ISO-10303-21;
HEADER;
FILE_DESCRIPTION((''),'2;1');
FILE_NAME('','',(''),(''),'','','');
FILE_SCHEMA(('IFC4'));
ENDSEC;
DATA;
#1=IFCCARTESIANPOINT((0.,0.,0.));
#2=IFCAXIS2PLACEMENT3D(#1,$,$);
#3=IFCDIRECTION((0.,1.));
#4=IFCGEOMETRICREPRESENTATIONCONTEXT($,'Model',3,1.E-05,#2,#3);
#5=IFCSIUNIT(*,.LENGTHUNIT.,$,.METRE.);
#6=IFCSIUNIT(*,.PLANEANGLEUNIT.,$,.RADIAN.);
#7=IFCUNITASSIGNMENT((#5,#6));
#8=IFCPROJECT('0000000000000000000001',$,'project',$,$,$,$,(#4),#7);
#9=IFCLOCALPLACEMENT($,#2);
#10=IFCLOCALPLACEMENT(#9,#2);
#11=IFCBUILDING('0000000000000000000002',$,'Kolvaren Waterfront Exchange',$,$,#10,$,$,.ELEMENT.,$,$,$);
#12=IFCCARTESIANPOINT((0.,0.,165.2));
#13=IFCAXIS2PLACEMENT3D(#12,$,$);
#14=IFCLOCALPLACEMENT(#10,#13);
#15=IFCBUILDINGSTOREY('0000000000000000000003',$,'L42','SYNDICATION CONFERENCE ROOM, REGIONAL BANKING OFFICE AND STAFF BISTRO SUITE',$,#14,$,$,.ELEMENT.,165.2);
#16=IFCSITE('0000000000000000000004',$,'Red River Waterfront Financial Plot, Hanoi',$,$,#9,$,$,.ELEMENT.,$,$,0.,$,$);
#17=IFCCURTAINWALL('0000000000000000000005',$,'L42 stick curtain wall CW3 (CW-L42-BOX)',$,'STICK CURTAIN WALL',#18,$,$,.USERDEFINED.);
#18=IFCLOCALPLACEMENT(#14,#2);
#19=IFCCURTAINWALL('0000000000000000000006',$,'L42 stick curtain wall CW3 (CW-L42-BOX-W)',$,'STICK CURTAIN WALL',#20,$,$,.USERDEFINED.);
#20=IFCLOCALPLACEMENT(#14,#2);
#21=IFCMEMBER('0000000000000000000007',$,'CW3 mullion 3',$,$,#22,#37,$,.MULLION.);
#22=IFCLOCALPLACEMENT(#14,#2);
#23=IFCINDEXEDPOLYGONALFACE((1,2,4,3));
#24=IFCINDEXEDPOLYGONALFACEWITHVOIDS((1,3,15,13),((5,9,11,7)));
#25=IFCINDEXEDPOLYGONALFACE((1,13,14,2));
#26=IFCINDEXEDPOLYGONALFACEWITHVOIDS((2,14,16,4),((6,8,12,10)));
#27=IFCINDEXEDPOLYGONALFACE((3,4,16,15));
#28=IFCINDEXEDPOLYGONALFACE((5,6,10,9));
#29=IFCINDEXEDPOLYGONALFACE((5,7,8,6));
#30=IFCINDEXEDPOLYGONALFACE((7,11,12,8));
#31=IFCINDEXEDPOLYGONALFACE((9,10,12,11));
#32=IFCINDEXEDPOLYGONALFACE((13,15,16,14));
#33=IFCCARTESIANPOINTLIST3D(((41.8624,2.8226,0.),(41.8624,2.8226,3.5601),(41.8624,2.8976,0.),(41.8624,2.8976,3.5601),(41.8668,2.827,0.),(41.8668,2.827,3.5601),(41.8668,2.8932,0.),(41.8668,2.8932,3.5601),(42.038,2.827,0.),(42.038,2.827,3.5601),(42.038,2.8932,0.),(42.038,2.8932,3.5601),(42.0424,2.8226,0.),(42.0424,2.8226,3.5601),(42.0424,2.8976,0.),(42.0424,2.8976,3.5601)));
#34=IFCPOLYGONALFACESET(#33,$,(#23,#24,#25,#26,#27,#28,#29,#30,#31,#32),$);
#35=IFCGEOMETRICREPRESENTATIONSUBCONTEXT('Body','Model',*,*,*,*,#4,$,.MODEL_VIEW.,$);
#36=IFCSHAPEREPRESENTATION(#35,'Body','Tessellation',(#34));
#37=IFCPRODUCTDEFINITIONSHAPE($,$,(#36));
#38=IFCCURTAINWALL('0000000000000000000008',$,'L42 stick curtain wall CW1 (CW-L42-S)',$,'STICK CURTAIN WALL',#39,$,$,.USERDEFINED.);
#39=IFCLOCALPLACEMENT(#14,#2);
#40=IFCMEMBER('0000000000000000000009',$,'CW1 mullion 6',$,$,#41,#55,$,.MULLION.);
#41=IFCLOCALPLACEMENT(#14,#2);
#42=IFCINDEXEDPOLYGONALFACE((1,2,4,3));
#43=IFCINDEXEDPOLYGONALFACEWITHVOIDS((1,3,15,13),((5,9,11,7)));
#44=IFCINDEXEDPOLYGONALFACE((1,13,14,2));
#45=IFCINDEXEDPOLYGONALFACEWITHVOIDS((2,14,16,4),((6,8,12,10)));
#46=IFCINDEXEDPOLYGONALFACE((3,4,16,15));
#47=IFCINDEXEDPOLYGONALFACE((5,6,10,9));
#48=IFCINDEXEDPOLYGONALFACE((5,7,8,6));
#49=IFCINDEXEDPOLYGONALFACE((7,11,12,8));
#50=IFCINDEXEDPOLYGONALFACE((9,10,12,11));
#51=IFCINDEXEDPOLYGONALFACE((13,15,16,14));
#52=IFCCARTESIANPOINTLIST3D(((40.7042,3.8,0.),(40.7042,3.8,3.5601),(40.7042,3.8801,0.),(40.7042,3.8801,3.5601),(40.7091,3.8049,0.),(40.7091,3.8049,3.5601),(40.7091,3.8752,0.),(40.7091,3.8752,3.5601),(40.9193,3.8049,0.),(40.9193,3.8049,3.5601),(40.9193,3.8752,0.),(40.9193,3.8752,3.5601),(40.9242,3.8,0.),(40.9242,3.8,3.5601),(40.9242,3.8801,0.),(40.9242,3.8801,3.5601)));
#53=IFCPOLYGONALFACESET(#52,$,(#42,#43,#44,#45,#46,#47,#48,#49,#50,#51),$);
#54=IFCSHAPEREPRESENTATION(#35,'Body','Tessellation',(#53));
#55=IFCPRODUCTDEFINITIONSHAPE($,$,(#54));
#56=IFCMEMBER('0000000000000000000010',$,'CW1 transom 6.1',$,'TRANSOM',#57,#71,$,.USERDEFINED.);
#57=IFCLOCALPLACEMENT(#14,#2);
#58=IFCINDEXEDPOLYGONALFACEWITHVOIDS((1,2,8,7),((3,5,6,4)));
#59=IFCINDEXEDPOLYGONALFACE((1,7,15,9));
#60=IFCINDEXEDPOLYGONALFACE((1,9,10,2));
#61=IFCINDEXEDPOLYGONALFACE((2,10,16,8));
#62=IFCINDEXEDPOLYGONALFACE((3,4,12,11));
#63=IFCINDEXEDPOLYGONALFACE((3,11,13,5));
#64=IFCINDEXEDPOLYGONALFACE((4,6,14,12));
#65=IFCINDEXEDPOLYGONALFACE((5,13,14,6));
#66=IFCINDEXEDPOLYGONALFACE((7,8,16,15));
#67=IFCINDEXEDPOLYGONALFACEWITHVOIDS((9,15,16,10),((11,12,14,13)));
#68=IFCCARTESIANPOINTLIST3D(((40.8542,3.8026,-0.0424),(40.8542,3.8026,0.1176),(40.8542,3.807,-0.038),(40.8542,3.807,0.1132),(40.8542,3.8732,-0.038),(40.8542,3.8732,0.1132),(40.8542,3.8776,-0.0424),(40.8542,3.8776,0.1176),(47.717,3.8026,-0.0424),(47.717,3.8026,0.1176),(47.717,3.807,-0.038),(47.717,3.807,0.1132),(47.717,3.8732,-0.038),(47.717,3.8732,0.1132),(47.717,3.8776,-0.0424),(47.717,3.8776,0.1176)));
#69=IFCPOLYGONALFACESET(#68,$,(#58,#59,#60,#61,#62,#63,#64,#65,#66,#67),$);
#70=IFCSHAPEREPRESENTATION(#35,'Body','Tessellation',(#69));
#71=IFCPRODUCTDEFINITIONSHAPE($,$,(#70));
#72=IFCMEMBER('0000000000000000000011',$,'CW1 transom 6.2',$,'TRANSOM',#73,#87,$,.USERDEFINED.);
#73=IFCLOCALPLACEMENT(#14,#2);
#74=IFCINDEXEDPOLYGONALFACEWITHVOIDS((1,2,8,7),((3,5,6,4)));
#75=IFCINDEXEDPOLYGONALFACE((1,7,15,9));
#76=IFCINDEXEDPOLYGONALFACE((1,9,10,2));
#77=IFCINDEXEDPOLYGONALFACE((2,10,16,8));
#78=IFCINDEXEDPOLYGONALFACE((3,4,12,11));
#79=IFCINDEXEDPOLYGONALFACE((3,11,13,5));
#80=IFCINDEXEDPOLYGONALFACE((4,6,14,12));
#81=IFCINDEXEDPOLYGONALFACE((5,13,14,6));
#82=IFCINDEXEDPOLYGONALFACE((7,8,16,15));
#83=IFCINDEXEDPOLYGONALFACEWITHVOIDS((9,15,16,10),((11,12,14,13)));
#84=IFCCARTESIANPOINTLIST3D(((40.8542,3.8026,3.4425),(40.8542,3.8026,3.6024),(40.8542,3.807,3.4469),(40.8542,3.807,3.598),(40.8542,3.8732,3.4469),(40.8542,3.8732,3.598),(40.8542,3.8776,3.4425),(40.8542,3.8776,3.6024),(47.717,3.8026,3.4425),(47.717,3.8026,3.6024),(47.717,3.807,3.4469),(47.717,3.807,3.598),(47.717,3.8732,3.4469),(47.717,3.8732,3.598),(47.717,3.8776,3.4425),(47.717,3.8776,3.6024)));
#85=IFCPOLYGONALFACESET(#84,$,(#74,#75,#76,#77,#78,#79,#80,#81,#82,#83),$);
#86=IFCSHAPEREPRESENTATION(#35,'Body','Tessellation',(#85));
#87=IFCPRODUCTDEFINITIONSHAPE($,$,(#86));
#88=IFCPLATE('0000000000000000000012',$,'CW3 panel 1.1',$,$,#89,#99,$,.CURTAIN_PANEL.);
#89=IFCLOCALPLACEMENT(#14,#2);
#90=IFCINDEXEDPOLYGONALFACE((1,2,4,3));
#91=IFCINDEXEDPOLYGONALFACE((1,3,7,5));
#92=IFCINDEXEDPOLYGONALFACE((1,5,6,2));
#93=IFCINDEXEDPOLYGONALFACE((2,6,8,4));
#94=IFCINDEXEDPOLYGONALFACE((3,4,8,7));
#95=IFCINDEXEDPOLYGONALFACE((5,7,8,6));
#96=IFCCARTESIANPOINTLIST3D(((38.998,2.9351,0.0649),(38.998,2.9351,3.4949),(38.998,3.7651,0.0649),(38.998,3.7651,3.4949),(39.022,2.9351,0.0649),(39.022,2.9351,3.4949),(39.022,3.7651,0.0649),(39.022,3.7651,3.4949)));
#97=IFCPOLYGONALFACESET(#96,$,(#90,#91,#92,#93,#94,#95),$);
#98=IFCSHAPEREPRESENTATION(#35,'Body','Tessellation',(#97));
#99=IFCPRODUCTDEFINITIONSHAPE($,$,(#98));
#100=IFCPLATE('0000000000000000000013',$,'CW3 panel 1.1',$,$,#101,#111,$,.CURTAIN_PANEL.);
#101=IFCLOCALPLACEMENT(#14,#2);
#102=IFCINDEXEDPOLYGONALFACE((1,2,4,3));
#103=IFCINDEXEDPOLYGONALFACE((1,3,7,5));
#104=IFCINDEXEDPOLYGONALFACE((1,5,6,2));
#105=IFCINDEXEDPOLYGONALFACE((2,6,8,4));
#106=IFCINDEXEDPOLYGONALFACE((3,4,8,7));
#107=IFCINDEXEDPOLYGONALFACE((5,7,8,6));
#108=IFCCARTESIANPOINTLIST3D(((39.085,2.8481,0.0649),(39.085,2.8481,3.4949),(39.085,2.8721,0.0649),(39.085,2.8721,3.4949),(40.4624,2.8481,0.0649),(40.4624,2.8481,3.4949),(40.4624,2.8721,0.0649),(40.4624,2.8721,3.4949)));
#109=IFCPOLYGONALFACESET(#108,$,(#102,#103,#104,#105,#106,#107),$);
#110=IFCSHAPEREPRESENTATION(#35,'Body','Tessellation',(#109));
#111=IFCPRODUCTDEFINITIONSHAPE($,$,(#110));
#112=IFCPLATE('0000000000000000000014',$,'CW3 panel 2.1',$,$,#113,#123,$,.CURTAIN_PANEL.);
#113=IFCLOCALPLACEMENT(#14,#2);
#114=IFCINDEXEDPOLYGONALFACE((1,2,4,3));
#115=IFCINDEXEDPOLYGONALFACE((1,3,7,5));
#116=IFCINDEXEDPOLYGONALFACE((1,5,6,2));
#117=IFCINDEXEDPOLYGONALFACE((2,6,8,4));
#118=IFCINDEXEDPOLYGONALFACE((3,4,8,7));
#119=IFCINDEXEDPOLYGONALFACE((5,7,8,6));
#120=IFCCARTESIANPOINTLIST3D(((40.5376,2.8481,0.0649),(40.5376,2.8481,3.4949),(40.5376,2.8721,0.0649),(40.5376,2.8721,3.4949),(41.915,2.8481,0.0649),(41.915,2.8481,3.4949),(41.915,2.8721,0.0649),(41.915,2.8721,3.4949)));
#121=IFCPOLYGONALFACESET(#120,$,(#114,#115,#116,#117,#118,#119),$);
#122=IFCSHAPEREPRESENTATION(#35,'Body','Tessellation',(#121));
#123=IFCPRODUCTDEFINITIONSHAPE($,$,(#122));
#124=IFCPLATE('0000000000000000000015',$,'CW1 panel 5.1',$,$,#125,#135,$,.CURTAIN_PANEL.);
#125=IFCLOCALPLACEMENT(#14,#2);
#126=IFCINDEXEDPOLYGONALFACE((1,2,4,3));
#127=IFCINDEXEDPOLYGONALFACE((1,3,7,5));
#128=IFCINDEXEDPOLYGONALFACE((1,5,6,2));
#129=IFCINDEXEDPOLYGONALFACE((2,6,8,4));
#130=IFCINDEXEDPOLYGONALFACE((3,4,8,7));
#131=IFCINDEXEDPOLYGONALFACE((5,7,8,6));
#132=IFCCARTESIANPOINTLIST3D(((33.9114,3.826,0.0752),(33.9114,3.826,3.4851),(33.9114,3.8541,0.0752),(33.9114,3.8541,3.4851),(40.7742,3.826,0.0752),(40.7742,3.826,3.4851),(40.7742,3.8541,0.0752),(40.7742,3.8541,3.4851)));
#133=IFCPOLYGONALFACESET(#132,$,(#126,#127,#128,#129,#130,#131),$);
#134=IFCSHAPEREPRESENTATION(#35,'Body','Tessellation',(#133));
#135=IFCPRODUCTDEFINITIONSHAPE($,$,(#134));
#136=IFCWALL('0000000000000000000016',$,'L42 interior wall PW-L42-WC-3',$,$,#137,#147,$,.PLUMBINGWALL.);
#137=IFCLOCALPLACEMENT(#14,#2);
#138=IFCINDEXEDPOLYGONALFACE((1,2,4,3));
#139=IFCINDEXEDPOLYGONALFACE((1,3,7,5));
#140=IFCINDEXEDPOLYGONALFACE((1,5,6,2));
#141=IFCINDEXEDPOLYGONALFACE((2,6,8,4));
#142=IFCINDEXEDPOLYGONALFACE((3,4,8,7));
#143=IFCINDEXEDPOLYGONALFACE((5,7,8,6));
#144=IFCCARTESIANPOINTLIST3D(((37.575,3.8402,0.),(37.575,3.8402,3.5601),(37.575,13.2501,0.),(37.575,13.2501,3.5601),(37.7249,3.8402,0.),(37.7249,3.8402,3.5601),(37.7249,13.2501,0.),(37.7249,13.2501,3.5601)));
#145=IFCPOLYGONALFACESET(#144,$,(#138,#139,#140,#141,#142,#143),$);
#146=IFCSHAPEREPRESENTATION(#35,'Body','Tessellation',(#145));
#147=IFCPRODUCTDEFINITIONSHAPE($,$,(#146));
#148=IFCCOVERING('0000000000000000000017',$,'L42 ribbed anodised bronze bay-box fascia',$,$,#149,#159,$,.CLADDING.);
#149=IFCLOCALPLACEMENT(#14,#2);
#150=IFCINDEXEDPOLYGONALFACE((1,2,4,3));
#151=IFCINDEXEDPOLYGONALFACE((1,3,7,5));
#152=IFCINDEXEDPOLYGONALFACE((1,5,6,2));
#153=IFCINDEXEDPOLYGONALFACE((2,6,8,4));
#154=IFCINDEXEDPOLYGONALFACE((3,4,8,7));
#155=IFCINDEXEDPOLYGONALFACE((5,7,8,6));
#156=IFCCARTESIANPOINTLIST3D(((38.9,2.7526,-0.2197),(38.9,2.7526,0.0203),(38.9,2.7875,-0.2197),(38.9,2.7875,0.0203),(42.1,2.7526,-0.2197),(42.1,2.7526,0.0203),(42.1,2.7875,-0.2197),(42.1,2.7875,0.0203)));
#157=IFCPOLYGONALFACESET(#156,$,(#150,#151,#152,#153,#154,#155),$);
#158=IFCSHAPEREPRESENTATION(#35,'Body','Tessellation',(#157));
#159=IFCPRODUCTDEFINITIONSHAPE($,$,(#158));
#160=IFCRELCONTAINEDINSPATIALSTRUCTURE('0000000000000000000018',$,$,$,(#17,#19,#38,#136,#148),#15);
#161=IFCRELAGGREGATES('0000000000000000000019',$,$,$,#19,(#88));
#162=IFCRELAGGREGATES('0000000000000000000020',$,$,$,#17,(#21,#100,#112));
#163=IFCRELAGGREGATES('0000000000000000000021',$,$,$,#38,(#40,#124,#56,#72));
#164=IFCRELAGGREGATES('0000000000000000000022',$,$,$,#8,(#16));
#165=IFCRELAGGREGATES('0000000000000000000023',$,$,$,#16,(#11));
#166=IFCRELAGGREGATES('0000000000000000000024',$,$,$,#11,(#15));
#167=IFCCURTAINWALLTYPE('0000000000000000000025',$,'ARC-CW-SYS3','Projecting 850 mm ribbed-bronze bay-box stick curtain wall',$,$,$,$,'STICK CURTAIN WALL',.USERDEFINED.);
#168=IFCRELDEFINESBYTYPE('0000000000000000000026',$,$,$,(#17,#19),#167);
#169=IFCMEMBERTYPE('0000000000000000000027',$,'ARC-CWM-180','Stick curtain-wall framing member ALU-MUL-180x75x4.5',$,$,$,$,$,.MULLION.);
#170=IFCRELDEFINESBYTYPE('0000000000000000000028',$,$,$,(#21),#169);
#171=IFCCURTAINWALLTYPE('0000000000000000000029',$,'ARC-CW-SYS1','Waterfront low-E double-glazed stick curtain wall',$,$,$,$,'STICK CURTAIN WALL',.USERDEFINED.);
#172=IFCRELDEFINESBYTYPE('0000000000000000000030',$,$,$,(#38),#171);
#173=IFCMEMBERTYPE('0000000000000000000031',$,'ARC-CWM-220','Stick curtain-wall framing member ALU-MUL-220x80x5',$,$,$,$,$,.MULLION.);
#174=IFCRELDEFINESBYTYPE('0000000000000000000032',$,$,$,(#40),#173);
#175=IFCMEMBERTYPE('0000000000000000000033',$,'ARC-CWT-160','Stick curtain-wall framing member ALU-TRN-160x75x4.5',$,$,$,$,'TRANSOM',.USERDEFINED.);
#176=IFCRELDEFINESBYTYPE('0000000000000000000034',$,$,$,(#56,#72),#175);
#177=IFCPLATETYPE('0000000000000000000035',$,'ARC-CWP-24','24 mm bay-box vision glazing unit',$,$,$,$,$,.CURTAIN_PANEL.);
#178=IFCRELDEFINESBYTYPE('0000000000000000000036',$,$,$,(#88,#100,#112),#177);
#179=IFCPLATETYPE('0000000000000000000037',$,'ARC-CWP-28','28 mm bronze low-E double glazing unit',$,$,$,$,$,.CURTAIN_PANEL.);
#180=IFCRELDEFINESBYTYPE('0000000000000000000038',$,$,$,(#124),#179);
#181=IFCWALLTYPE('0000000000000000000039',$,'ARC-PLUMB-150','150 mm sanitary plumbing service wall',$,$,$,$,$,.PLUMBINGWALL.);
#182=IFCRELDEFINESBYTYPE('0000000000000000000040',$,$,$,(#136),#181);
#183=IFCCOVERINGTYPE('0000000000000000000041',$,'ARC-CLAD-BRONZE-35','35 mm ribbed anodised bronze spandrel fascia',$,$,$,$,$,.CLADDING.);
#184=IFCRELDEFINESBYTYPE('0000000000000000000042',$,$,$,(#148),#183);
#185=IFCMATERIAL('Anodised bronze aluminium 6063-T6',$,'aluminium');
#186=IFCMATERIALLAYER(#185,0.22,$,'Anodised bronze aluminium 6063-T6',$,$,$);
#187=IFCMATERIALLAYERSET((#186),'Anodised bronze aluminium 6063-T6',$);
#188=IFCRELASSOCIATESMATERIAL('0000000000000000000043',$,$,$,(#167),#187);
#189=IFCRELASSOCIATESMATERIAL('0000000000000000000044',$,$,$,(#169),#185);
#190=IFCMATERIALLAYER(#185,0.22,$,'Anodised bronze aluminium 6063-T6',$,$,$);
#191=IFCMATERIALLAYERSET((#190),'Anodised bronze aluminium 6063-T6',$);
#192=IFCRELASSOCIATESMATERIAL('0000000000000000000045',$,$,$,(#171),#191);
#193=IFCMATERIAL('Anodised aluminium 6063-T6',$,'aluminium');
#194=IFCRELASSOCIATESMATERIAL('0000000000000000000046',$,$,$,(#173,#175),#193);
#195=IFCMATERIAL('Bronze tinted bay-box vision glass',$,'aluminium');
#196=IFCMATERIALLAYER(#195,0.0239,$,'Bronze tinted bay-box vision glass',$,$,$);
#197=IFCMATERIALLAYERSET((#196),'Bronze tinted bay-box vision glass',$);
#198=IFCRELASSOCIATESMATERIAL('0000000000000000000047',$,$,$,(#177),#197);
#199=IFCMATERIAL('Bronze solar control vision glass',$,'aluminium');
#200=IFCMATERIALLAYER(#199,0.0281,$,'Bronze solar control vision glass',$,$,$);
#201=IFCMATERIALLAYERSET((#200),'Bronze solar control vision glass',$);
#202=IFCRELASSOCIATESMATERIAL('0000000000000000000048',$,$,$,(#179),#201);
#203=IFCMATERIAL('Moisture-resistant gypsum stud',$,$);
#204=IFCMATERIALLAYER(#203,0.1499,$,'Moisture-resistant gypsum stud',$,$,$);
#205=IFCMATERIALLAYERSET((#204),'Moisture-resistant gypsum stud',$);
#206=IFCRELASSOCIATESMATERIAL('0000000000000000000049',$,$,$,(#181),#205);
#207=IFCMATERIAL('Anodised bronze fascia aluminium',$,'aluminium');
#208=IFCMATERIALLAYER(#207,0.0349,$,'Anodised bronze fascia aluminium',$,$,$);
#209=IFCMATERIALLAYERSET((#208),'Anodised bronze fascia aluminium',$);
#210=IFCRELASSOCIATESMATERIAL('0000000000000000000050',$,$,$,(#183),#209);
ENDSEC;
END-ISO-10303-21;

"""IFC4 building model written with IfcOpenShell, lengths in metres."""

from ifc_helpers import new_model, si_unit, direction, frame, frame_2d, origin, origin_with_axes, origin_2d, place, context, subcontext, project, spatial, rectangle, hollow_rectangle, extrude, source, transform, mapped, material, layer, layer_set, material_profile, profile_set, type_object, element, aggregate, save


model = new_model("IFC4")

# Units and contexts
model_context = context("Model", 3, precision=1e-05, world=origin(), true_north=direction((0.0, 1.0)))
body_context = subcontext(model_context, "Body", "Model", "MODEL_VIEW")
ifc_project = project(units=[si_unit("LENGTHUNIT", "METRE"), si_unit("PLANEANGLEUNIT", "RADIAN")], contexts=[model_context])

# Site, building, storey
site_placement = place(None, origin())
site = spatial("IfcSite", under=ifc_project, at=site_placement, Name="Red River Waterfront Financial Plot, Hanoi", CompositionType="ELEMENT", RefElevation=0.0)
building_placement = place(site_placement, origin())
building = spatial("IfcBuilding", under=site, at=building_placement, Name="Kolvaren Waterfront Exchange", CompositionType="ELEMENT")
storey_placement = place(building_placement, frame((0.0, 0.0, 165.2)))
storey = spatial("IfcBuildingStorey", under=building, at=storey_placement, Name="L42", Description="SYNDICATION CONFERENCE ROOM, REGIONAL BANKING OFFICE AND STAFF BISTRO SUITE", CompositionType="ELEMENT", Elevation=165.2)

# Curtain walls
ifc_material_1 = material(Name="Anodised bronze aluminium 6063-T6", Category="aluminium")
ifc_layer_1 = layer(ifc_material_1, 0.22, Name="Anodised bronze aluminium 6063-T6")
ifc_layer_set_1 = layer_set([ifc_layer_1], Name="Anodised bronze aluminium 6063-T6")
curtain_wall_type_1 = type_object("IfcCurtainWallType", Name="ARC-CW-SYS3", Description="Projecting 850 mm ribbed-bronze bay-box stick curtain wall", ElementType="STICK CURTAIN WALL", PredefinedType="USERDEFINED", material=ifc_layer_set_1)
curtain_wall_1_placement = place(storey_placement, origin())
curtain_wall_1 = element("IfcCurtainWall", 1, at=curtain_wall_1_placement, inside=storey, type_object=curtain_wall_type_1, Name="L42 stick curtain wall CW3 (CW-L42-BOX)", ObjectType="STICK CURTAIN WALL", PredefinedType="USERDEFINED")
curtain_wall_2_placement = place(storey_placement, origin())
curtain_wall_2 = element("IfcCurtainWall", 2, at=curtain_wall_2_placement, inside=storey, type_object=curtain_wall_type_1, Name="L42 stick curtain wall CW3 (CW-L42-BOX-W)", ObjectType="STICK CURTAIN WALL", PredefinedType="USERDEFINED")
ifc_material_profile_1 = material_profile(ifc_material_1, hollow_rectangle(XDim=0.075, YDim=0.1799, WallThickness=0.0044, at=origin_2d()), Name="ALU-MUL-180x75x4.5")
ifc_profile_set_1 = profile_set([ifc_material_profile_1], Name="Anodised bronze aluminium 6063-T6")
member_type_1 = type_object("IfcMemberType", Name="ARC-CWM-180", Description="Stick curtain-wall framing member ALU-MUL-180x75x4.5", PredefinedType="MULLION", material=ifc_profile_set_1)
shared_shape_1 = source(origin_with_axes(), body_context, "Body", "SweptSolid", [
    extrude(hollow_rectangle(XDim=0.075, YDim=0.1799, WallThickness=0.0044, at=origin_2d()), origin(), (0.0, 0.0, 1.0), 3.5601),
])

# Member
member_1_placement = place(storey_placement, frame((41.9524, 2.8601, 0.0), z_axis=(0.0, 0.0, 1.0), x_axis=(0.0, 1.0, 0.0)))
member_1 = element("IfcMember", 3, at=member_1_placement, type_object=member_type_1, Name="CW3 mullion 3", PredefinedType="MULLION", context=body_context, shape_type="MappedRepresentation", body=[
    mapped(shared_shape_1, transform((0.0, 0.0, 0.0), x_axis=(1.0, 0.0, 0.0), y_axis=(0.0, 1.0, 0.0), z_axis=(0.0, 0.0, 1.0), scale=1.0)),
])

# Curtain wall, members
ifc_layer_2 = layer(ifc_material_1, 0.22, Name="Anodised bronze aluminium 6063-T6")
ifc_layer_set_2 = layer_set([ifc_layer_2], Name="Anodised bronze aluminium 6063-T6")
curtain_wall_type_2 = type_object("IfcCurtainWallType", Name="ARC-CW-SYS1", Description="Waterfront low-E double-glazed stick curtain wall", ElementType="STICK CURTAIN WALL", PredefinedType="USERDEFINED", material=ifc_layer_set_2)
curtain_wall_3_placement = place(storey_placement, origin())
curtain_wall_3 = element("IfcCurtainWall", 4, at=curtain_wall_3_placement, inside=storey, type_object=curtain_wall_type_2, Name="L42 stick curtain wall CW1 (CW-L42-S)", ObjectType="STICK CURTAIN WALL", PredefinedType="USERDEFINED")
ifc_material_2 = material(Name="Anodised aluminium 6063-T6", Category="aluminium")
ifc_material_profile_2 = material_profile(ifc_material_2, hollow_rectangle(XDim=0.0801, YDim=0.22, WallThickness=0.0049, at=origin_2d()), Name="ALU-MUL-220x80x5")
ifc_profile_set_2 = profile_set([ifc_material_profile_2], Name="Anodised aluminium 6063-T6")
member_type_2 = type_object("IfcMemberType", Name="ARC-CWM-220", Description="Stick curtain-wall framing member ALU-MUL-220x80x5", PredefinedType="MULLION", material=ifc_profile_set_2)
shared_shape_2 = source(origin_with_axes(), body_context, "Body", "SweptSolid", [
    extrude(hollow_rectangle(XDim=0.0801, YDim=0.22, WallThickness=0.0049, at=origin_2d()), origin(), (0.0, 0.0, 1.0), 3.5601),
])
member_2_placement = place(storey_placement, frame((40.8142, 3.8401, 0.0), z_axis=(0.0, 0.0, 1.0), x_axis=(0.0, 1.0, 0.0)))
member_2 = element("IfcMember", 5, at=member_2_placement, type_object=member_type_2, Name="CW1 mullion 6", PredefinedType="MULLION", context=body_context, shape_type="MappedRepresentation", body=[
    mapped(shared_shape_2, transform((0.0, 0.0, 0.0), x_axis=(1.0, 0.0, 0.0), y_axis=(0.0, 1.0, 0.0), z_axis=(0.0, 0.0, 1.0), scale=1.0)),
])
ifc_material_profile_3 = material_profile(ifc_material_2, hollow_rectangle(XDim=0.075, YDim=0.1599, WallThickness=0.0044, at=origin_2d()), Name="ALU-TRN-160x75x4.5")
ifc_profile_set_3 = profile_set([ifc_material_profile_3], Name="Anodised aluminium 6063-T6")
member_type_3 = type_object("IfcMemberType", Name="ARC-CWT-160", Description="Stick curtain-wall framing member ALU-TRN-160x75x4.5", ElementType="TRANSOM", PredefinedType="USERDEFINED", material=ifc_profile_set_3)
shared_shape_3 = source(origin_with_axes(), body_context, "Body", "SweptSolid", [
    extrude(hollow_rectangle(XDim=0.075, YDim=0.1599, WallThickness=0.0044, at=origin_2d()), origin(), (0.0, 0.0, 1.0), 6.8628),
])
member_3_placement = place(storey_placement, frame((40.8542, 3.8401, 0.0376), z_axis=(1.0, 0.0, 0.0), x_axis=(0.0, 1.0, 0.0)))
member_3 = element("IfcMember", 6, at=member_3_placement, type_object=member_type_3, Name="CW1 transom 6.1", ObjectType="TRANSOM", PredefinedType="USERDEFINED", context=body_context, shape_type="MappedRepresentation", body=[
    mapped(shared_shape_3, transform((0.0, 0.0, 0.0), x_axis=(1.0, 0.0, 0.0), y_axis=(0.0, 1.0, 0.0), z_axis=(0.0, 0.0, 1.0), scale=1.0)),
])
member_4_placement = place(storey_placement, frame((40.8542, 3.8401, 3.5225), z_axis=(1.0, 0.0, 0.0), x_axis=(0.0, 1.0, 0.0)))
member_4 = element("IfcMember", 7, at=member_4_placement, type_object=member_type_3, Name="CW1 transom 6.2", ObjectType="TRANSOM", PredefinedType="USERDEFINED", context=body_context, shape_type="MappedRepresentation", body=[
    mapped(shared_shape_3, transform((0.0, 0.0, 0.0), x_axis=(1.0, 0.0, 0.0), y_axis=(0.0, 1.0, 0.0), z_axis=(0.0, 0.0, 1.0), scale=1.0)),
])

# Plates
ifc_material_3 = material(Name="Bronze tinted bay-box vision glass", Category="aluminium")
ifc_layer_3 = layer(ifc_material_3, 0.0239, Name="Bronze tinted bay-box vision glass")
ifc_layer_set_3 = layer_set([ifc_layer_3], Name="Bronze tinted bay-box vision glass")
plate_type_1 = type_object("IfcPlateType", Name="ARC-CWP-24", Description="24 mm bay-box vision glazing unit", PredefinedType="CURTAIN_PANEL", material=ifc_layer_set_3)
shared_shape_4 = source(origin_with_axes(), body_context, "Body", "SweptSolid", [
    extrude(rectangle(XDim=0.8301, YDim=0.0239, at=origin_2d()), origin(), (0.0, 0.0, 1.0), 3.4299),
])
plate_1_placement = place(storey_placement, frame((39.01, 3.3501, 0.0649), z_axis=(0.0, 0.0, 1.0), x_axis=(0.0, -1.0, 0.0)))
plate_1 = element("IfcPlate", 8, at=plate_1_placement, type_object=plate_type_1, Name="CW3 panel 1.1", PredefinedType="CURTAIN_PANEL", context=body_context, shape_type="MappedRepresentation", body=[
    mapped(shared_shape_4, transform((0.0, 0.0, 0.0), x_axis=(1.0, 0.0, 0.0), y_axis=(0.0, 1.0, 0.0), z_axis=(0.0, 0.0, 1.0), scale=1.0)),
])
aggregate(curtain_wall_2, [plate_1])
shared_shape_5 = source(origin_with_axes(), body_context, "Body", "SweptSolid", [
    extrude(rectangle(XDim=1.3774, YDim=0.0239, at=origin_2d()), origin(), (0.0, 0.0, 1.0), 3.4299),
])
plate_2_placement = place(storey_placement, frame((39.7737, 2.8601, 0.0649), z_axis=(0.0, 0.0, 1.0), x_axis=(1.0, 0.0, 0.0)))
plate_2 = element("IfcPlate", 9, at=plate_2_placement, type_object=plate_type_1, Name="CW3 panel 1.1", PredefinedType="CURTAIN_PANEL", context=body_context, shape_type="MappedRepresentation", body=[
    mapped(shared_shape_5, transform((0.0, 0.0, 0.0), x_axis=(1.0, 0.0, 0.0), y_axis=(0.0, 1.0, 0.0), z_axis=(0.0, 0.0, 1.0), scale=1.0)),
])
plate_3_placement = place(storey_placement, frame((41.2263, 2.8601, 0.0649), z_axis=(0.0, 0.0, 1.0), x_axis=(1.0, 0.0, 0.0)))
plate_3 = element("IfcPlate", 10, at=plate_3_placement, type_object=plate_type_1, Name="CW3 panel 2.1", PredefinedType="CURTAIN_PANEL", context=body_context, shape_type="MappedRepresentation", body=[
    mapped(shared_shape_5, transform((0.0, 0.0, 0.0), x_axis=(1.0, 0.0, 0.0), y_axis=(0.0, 1.0, 0.0), z_axis=(0.0, 0.0, 1.0), scale=1.0)),
])
aggregate(curtain_wall_1, [member_1, plate_2, plate_3])
ifc_material_4 = material(Name="Bronze solar control vision glass", Category="aluminium")
ifc_layer_4 = layer(ifc_material_4, 0.0281, Name="Bronze solar control vision glass")
ifc_layer_set_4 = layer_set([ifc_layer_4], Name="Bronze solar control vision glass")
plate_type_2 = type_object("IfcPlateType", Name="ARC-CWP-28", Description="28 mm bronze low-E double glazing unit", PredefinedType="CURTAIN_PANEL", material=ifc_layer_set_4)
shared_shape_6 = source(origin_with_axes(), body_context, "Body", "SweptSolid", [
    extrude(rectangle(XDim=6.8628, YDim=0.0281, at=origin_2d()), origin(), (0.0, 0.0, 1.0), 3.4099),
])
plate_4_placement = place(storey_placement, frame((37.3428, 3.8401, 0.0752), z_axis=(0.0, 0.0, 1.0), x_axis=(1.0, 0.0, 0.0)))
plate_4 = element("IfcPlate", 11, at=plate_4_placement, type_object=plate_type_2, Name="CW1 panel 5.1", PredefinedType="CURTAIN_PANEL", context=body_context, shape_type="MappedRepresentation", body=[
    mapped(shared_shape_6, transform((0.0, 0.0, 0.0), x_axis=(1.0, 0.0, 0.0), y_axis=(0.0, 1.0, 0.0), z_axis=(0.0, 0.0, 1.0), scale=1.0)),
])
aggregate(curtain_wall_3, [member_2, plate_4, member_3, member_4])

# Wall
ifc_material_5 = material(Name="Moisture-resistant gypsum stud")
ifc_layer_5 = layer(ifc_material_5, 0.1499, Name="Moisture-resistant gypsum stud")
ifc_layer_set_5 = layer_set([ifc_layer_5], Name="Moisture-resistant gypsum stud")
wall_type = type_object("IfcWallType", Name="ARC-PLUMB-150", Description="150 mm sanitary plumbing service wall", PredefinedType="PLUMBINGWALL", material=ifc_layer_set_5)
wall_placement = place(storey_placement, frame((37.6499, 3.8401, 0.0), z_axis=(0.0, 0.0, 1.0), x_axis=(0.0, 1.0, 0.0)))
element("IfcWall", 12, at=wall_placement, inside=storey, type_object=wall_type, Name="L42 interior wall PW-L42-WC-3", PredefinedType="PLUMBINGWALL", context=body_context, shape_type="SweptSolid", body=[
    extrude(rectangle(XDim=9.4099, YDim=0.1499, at=frame_2d((4.7051, 0.0))), origin(), (0.0, 0.0, 1.0), 3.5601),
])

# Covering
ifc_material_6 = material(Name="Anodised bronze fascia aluminium", Category="aluminium")
ifc_layer_6 = layer(ifc_material_6, 0.0349, Name="Anodised bronze fascia aluminium")
ifc_layer_set_6 = layer_set([ifc_layer_6], Name="Anodised bronze fascia aluminium")
covering_type = type_object("IfcCoveringType", Name="ARC-CLAD-BRONZE-35", Description="35 mm ribbed anodised bronze spandrel fascia", PredefinedType="CLADDING", material=ifc_layer_set_6)
covering_placement = place(storey_placement, frame((40.5, 2.77, -0.2197), z_axis=(0.0, 0.0, 1.0), x_axis=(1.0, 0.0, 0.0)))
element("IfcCovering", 13, at=covering_placement, inside=storey, type_object=covering_type, Name="L42 ribbed anodised bronze bay-box fascia", PredefinedType="CLADDING", context=body_context, shape_type="SweptSolid", body=[
    extrude(rectangle(XDim=3.2, YDim=0.0349, at=origin_2d()), origin(), (0.0, 0.0, 1.0), 0.24),
])

save(model, "model.ifc")
